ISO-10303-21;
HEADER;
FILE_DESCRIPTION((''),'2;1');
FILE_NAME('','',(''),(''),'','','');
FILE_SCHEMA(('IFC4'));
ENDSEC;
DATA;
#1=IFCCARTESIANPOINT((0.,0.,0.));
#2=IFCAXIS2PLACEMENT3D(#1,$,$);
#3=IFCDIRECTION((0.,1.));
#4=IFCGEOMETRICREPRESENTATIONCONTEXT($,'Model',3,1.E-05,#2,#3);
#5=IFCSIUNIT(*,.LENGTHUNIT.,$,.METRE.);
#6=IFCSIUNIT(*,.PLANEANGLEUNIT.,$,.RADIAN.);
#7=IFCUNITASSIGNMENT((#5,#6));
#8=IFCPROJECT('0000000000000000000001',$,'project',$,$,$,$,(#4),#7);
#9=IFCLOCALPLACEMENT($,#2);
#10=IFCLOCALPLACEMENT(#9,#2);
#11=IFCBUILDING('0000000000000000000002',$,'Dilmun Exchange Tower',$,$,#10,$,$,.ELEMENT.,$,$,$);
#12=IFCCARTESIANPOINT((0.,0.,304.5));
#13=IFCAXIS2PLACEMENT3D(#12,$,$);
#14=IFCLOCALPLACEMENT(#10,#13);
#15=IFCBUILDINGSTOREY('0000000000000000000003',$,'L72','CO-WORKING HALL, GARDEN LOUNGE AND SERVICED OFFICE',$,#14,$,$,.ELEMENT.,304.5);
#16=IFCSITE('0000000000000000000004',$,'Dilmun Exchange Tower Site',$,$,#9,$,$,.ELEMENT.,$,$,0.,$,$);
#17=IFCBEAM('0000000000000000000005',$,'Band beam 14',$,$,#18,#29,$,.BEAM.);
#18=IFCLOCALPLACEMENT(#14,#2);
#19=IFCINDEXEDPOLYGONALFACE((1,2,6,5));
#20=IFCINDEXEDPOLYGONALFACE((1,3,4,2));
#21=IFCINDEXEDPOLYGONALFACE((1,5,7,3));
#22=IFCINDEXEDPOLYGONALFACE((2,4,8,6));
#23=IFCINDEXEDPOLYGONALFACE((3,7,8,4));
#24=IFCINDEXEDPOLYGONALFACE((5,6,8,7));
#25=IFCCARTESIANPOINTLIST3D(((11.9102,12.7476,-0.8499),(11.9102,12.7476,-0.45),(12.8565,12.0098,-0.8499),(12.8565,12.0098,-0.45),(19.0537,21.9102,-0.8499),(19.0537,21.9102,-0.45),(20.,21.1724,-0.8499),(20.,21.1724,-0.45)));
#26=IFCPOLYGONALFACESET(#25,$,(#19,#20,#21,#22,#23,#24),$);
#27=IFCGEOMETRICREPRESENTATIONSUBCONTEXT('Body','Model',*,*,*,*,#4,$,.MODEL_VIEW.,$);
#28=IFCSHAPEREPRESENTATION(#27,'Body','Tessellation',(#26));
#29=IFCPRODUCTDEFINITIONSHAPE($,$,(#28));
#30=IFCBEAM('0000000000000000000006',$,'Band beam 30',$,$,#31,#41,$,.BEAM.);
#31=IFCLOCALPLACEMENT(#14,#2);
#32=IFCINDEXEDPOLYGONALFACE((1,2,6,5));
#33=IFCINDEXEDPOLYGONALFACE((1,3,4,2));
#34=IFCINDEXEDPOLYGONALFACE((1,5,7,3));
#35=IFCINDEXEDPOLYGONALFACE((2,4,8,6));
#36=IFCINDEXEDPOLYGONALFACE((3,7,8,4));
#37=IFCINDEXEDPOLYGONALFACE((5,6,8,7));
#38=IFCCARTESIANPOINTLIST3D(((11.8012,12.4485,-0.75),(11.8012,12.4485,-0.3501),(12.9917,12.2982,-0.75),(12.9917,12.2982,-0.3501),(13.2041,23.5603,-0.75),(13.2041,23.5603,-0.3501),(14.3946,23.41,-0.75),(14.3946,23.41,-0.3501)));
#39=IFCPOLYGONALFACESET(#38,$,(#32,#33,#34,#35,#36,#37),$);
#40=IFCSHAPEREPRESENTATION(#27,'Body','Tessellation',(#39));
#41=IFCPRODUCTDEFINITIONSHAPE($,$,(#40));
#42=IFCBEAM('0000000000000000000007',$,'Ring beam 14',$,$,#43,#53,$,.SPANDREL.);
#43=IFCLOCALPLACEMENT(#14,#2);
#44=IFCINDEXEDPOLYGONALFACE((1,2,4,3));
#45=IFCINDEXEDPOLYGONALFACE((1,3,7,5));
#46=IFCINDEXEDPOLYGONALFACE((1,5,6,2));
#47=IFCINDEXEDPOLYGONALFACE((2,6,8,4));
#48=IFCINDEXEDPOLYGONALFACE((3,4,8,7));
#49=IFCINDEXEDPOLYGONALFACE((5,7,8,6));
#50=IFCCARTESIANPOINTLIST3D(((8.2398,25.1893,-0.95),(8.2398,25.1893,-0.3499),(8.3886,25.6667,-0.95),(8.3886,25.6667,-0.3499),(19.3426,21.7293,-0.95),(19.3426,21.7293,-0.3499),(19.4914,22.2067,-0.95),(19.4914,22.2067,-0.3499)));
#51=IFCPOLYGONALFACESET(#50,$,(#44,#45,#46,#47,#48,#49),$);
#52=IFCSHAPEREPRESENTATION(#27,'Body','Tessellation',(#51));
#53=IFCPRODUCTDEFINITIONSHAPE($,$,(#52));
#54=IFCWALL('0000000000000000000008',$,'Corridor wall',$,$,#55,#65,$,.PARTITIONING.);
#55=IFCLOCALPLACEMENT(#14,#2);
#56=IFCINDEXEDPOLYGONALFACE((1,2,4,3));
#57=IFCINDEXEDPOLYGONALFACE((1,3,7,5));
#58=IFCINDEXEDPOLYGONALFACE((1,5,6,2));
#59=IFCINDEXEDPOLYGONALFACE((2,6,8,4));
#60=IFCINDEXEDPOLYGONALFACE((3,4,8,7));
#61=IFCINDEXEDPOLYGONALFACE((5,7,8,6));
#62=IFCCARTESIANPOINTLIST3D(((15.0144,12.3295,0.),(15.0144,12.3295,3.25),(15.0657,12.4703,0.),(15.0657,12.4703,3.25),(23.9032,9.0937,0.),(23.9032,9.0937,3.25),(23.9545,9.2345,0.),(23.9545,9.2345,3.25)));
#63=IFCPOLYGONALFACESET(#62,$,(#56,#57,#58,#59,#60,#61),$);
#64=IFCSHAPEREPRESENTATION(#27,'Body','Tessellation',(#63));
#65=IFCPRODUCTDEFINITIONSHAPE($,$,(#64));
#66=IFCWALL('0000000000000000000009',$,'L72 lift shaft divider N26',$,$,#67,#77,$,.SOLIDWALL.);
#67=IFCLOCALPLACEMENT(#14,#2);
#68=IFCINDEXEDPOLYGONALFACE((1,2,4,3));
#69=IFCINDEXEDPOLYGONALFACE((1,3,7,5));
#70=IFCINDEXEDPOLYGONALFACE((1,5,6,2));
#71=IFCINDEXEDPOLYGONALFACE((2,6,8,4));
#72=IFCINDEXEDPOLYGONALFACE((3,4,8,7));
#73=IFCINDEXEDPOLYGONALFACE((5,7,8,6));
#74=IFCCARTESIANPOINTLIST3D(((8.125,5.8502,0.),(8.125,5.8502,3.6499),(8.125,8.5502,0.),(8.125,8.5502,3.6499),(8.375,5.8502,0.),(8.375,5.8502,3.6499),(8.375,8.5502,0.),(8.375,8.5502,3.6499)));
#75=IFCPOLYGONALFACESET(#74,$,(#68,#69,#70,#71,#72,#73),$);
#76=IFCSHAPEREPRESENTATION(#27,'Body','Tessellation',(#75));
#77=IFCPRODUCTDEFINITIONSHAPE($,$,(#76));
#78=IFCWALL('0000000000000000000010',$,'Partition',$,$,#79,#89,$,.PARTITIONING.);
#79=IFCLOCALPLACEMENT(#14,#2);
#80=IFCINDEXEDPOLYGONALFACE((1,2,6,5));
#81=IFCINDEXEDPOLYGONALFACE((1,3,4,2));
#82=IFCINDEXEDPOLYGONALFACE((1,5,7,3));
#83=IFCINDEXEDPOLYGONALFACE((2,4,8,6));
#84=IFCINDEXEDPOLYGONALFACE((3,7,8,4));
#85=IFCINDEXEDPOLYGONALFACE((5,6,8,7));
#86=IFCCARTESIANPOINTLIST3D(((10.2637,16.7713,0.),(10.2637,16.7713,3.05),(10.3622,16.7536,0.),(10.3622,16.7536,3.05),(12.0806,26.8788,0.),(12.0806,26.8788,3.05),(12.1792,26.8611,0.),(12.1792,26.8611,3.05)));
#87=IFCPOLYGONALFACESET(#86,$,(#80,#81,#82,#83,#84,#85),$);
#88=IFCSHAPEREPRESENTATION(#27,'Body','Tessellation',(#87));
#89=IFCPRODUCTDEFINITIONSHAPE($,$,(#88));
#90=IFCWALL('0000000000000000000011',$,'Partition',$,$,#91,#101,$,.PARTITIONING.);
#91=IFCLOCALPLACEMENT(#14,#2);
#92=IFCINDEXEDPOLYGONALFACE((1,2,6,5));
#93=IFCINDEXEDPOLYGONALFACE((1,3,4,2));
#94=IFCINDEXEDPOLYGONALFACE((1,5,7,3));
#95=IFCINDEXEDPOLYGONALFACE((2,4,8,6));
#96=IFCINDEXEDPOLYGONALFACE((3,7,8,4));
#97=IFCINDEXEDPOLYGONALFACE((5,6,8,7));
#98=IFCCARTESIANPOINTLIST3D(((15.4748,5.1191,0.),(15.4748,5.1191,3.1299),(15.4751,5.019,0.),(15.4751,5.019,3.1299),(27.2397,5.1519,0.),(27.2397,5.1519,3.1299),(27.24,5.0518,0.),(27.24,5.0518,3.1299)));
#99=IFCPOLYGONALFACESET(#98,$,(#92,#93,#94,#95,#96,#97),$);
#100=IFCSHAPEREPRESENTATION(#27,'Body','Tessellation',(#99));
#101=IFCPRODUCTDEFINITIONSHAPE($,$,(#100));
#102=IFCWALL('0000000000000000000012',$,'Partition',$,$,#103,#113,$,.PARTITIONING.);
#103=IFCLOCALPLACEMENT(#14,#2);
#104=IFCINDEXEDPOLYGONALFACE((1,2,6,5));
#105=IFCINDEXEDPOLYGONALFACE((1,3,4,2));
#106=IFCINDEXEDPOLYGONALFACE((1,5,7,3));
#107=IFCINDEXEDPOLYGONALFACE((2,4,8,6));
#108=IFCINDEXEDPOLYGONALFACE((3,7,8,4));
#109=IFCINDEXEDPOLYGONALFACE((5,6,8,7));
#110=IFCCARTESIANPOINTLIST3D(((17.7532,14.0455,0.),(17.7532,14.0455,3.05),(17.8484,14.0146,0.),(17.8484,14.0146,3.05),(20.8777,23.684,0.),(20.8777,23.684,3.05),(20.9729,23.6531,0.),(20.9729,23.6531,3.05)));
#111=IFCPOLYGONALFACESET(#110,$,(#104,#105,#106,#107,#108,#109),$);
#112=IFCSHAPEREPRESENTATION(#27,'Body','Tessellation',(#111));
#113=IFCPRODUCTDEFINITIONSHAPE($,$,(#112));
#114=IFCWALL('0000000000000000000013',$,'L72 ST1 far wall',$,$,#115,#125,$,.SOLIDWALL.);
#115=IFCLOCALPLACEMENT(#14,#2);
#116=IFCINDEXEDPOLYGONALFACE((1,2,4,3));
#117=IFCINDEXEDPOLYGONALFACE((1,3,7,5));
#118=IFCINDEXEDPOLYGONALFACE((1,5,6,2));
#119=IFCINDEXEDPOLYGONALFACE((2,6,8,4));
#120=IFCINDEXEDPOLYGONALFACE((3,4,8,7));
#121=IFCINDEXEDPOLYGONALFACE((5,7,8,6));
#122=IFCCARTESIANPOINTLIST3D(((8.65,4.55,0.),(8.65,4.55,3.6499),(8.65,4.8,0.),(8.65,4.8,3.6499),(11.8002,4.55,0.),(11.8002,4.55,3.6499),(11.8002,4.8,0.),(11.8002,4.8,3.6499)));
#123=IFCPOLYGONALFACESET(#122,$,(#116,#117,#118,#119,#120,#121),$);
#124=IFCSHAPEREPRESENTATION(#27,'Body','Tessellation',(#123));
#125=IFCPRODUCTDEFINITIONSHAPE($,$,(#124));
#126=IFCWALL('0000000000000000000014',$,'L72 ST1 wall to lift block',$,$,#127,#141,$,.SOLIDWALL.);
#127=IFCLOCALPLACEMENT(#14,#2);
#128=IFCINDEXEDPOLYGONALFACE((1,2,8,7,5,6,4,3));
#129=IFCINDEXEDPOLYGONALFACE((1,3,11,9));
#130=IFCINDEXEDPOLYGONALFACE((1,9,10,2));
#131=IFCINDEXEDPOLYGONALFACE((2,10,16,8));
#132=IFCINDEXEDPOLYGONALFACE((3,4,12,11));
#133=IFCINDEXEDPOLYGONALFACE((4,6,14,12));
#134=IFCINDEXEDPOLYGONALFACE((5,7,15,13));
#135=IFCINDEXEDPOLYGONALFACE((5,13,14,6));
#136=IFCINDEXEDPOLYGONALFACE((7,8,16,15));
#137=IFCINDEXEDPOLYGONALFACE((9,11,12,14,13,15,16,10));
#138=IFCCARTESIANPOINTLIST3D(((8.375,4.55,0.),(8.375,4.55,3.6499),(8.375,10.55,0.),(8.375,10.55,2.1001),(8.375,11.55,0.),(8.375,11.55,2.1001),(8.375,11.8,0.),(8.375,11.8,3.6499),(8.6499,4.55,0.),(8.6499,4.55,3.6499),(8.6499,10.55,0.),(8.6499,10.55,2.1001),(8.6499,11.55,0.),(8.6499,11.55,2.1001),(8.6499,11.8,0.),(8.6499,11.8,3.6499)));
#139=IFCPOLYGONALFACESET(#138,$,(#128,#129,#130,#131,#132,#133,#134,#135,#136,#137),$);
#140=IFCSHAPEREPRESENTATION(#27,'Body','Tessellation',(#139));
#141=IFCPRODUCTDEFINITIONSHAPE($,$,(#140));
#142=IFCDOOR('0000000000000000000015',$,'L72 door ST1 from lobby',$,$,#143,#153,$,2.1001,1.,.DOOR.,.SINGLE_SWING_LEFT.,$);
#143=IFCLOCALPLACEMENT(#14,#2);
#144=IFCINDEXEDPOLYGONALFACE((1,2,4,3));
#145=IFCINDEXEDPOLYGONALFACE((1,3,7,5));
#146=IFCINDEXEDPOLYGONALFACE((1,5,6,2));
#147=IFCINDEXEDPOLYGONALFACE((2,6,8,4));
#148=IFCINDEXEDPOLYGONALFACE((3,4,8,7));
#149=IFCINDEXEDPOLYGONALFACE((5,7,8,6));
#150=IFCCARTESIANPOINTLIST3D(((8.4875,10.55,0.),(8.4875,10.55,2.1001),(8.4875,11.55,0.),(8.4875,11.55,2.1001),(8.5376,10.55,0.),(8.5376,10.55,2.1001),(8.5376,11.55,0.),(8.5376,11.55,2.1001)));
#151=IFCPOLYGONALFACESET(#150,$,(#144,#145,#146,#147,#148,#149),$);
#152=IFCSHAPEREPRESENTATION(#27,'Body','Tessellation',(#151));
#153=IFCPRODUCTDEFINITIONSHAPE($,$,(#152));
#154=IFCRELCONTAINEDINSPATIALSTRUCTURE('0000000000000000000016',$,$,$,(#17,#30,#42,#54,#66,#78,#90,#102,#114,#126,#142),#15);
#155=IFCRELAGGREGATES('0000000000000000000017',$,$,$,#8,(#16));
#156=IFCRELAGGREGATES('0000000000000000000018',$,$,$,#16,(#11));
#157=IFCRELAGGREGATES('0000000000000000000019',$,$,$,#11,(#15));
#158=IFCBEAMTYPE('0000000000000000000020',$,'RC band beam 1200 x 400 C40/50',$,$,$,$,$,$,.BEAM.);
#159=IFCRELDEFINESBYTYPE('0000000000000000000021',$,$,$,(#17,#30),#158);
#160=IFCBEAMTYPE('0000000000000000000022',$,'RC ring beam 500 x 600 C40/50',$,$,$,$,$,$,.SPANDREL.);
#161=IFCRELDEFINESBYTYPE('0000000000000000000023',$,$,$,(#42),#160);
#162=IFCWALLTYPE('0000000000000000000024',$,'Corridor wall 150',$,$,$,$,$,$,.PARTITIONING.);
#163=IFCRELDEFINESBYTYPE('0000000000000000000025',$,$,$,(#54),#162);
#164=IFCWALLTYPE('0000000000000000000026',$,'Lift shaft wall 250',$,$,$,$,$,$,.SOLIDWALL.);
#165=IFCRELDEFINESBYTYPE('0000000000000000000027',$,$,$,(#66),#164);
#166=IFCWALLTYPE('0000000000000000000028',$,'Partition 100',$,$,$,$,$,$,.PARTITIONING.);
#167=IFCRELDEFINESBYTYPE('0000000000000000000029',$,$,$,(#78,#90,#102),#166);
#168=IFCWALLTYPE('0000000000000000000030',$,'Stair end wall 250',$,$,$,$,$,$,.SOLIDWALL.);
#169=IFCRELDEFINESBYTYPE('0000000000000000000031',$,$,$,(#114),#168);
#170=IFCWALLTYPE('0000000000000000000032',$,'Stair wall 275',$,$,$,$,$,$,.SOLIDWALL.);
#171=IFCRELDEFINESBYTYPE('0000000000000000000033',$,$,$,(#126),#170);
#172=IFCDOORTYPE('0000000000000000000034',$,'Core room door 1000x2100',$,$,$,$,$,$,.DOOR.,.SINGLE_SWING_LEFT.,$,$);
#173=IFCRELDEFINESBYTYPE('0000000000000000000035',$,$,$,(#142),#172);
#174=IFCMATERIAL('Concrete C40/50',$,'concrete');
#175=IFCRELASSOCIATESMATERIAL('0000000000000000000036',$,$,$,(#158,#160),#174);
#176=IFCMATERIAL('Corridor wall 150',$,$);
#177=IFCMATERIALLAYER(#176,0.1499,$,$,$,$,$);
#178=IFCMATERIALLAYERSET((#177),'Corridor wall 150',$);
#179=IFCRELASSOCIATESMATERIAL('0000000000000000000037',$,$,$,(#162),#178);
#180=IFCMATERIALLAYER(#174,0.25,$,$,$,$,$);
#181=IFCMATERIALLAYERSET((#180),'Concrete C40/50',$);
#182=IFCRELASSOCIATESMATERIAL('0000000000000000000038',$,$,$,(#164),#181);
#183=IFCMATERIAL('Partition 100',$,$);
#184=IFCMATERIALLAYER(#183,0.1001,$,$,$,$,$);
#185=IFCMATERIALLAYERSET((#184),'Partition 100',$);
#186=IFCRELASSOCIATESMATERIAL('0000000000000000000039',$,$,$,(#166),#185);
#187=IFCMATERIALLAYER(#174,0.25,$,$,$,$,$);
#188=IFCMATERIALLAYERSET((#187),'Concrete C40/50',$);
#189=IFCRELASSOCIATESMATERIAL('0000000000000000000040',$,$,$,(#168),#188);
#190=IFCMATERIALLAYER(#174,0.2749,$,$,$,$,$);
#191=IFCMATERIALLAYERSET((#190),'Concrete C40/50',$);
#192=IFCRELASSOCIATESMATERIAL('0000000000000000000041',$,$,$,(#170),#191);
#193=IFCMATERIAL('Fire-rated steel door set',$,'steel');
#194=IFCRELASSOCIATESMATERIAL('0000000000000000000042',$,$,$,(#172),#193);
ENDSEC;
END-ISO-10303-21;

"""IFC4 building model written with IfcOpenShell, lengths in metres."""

from ifc_helpers import new_model, si_unit, direction, frame, frame_2d, origin, origin_2d, place, context, subcontext, project, spatial, rectangle, extrude, material, layer, layer_set, material_profile, profile_set, type_object, element, fill, save


model = new_model("IFC4")

# Units and contexts
model_context = context("Model", 3, precision=1e-05, world=origin(), true_north=direction((0.0, 1.0)))
body_context = subcontext(model_context, "Body", "Model", "MODEL_VIEW")
ifc_project = project(units=[si_unit("LENGTHUNIT", "METRE"), si_unit("PLANEANGLEUNIT", "RADIAN")], contexts=[model_context])

# Site, building, storey
site_placement = place(None, origin())
site = spatial("IfcSite", under=ifc_project, at=site_placement, Name="Dilmun Exchange Tower Site", CompositionType="ELEMENT", RefElevation=0.0)
building_placement = place(site_placement, origin())
building = spatial("IfcBuilding", under=site, at=building_placement, Name="Dilmun Exchange Tower", CompositionType="ELEMENT")
storey_placement = place(building_placement, frame((0.0, 0.0, 304.5)))
storey = spatial("IfcBuildingStorey", under=building, at=storey_placement, Name="L72", Description="CO-WORKING HALL, GARDEN LOUNGE AND SERVICED OFFICE", CompositionType="ELEMENT", Elevation=304.5)

# Beams
ifc_material_1 = material(Name="Concrete C40/50", Category="concrete")
ifc_material_profile_1 = material_profile(ifc_material_1, rectangle(XDim=1.2, YDim=0.3999, at=origin_2d()), Name="1200 x 400")
ifc_profile_set_1 = profile_set([ifc_material_profile_1], Name="Concrete C40/50")
beam_type_1 = type_object("IfcBeamType", Name="RC band beam 1200 x 400 C40/50", PredefinedType="BEAM", material=ifc_profile_set_1)
beam_1_placement = place(storey_placement, frame((19.5269, 21.5413, -0.6499), z_axis=(-0.614857, -0.788639, 0.0), x_axis=(0.788639, -0.614857, 0.0)))
element("IfcBeam", 1, at=beam_1_placement, inside=storey, type_object=beam_type_1, Name="Band beam 14", PredefinedType="BEAM", context=body_context, shape_type="SweptSolid", body=[
    extrude(rectangle(XDim=1.2, YDim=0.3999, at=origin_2d()), origin(), (0.0, 0.0, 1.0), 11.6182),
])
beam_2_placement = place(storey_placement, frame((13.7993, 23.4851, -0.55), z_axis=(-0.125253, -0.992125, 0.0), x_axis=(0.992125, -0.125253, 0.0)))
element("IfcBeam", 2, at=beam_2_placement, inside=storey, type_object=beam_type_1, Name="Band beam 30", PredefinedType="BEAM", context=body_context, shape_type="SweptSolid", body=[
    extrude(rectangle(XDim=1.2, YDim=0.3999, at=origin_2d()), origin(), (0.0, 0.0, 1.0), 11.2),
])
ifc_material_profile_2 = material_profile(ifc_material_1, rectangle(XDim=0.5, YDim=0.6001, at=origin_2d()), Name="500 x 600")
ifc_profile_set_2 = profile_set([ifc_material_profile_2], Name="Concrete C40/50")
beam_type_2 = type_object("IfcBeamType", Name="RC ring beam 500 x 600 C40/50", PredefinedType="SPANDREL", material=ifc_profile_set_2)
beam_3_placement = place(storey_placement, frame((19.417, 21.968, -0.6499), z_axis=(-0.954716, 0.297518, 0.0), x_axis=(-0.297518, -0.954716, 0.0)))
element("IfcBeam", 3, at=beam_3_placement, inside=storey, type_object=beam_type_2, Name="Ring beam 14", PredefinedType="SPANDREL", context=body_context, shape_type="SweptSolid", body=[
    extrude(rectangle(XDim=0.5, YDim=0.6001, at=origin_2d()), origin(), (0.0, 0.0, 1.0), 11.6294),
])

# Walls
ifc_material_2 = material(Name="Corridor wall 150")
ifc_layer_1 = layer(ifc_material_2, 0.1499)
ifc_layer_set_1 = layer_set([ifc_layer_1], Name="Corridor wall 150")
wall_type_1 = type_object("IfcWallType", Name="Corridor wall 150", PredefinedType="PARTITIONING", material=ifc_layer_set_1)
wall_1_placement = place(storey_placement, frame((15.04, 12.3999, 0.0), z_axis=(0.0, 0.0, 1.0), x_axis=(0.939674, -0.34207, 0.0)))
element("IfcWall", 4, at=wall_1_placement, inside=storey, type_object=wall_type_1, Name="Corridor wall", PredefinedType="PARTITIONING", context=body_context, shape_type="SweptSolid", body=[
    extrude(rectangle(XDim=9.4595, YDim=0.1499, at=frame_2d((4.7297, 0.0))), origin(), (0.0, 0.0, 1.0), 3.25),
])
ifc_layer_2 = layer(ifc_material_1, 0.25)
ifc_layer_set_2 = layer_set([ifc_layer_2], Name="Concrete C40/50")
wall_type_2 = type_object("IfcWallType", Name="Lift shaft wall 250", PredefinedType="SOLIDWALL", material=ifc_layer_set_2)
wall_2_placement = place(storey_placement, frame((8.25, 5.8501, 0.0), z_axis=(0.0, 0.0, 1.0), x_axis=(0.0, 1.0, 0.0)))
element("IfcWall", 5, at=wall_2_placement, inside=storey, type_object=wall_type_2, Name="L72 lift shaft divider N26", PredefinedType="SOLIDWALL", context=body_context, shape_type="SweptSolid", body=[
    extrude(rectangle(XDim=2.7, YDim=0.25, at=frame_2d((1.3501, 0.0))), origin(), (0.0, 0.0, 1.0), 3.6499),
])
ifc_material_3 = material(Name="Partition 100")
ifc_layer_3 = layer(ifc_material_3, 0.1001)
ifc_layer_set_3 = layer_set([ifc_layer_3], Name="Partition 100")
wall_type_3 = type_object("IfcWallType", Name="Partition 100", PredefinedType="PARTITIONING", material=ifc_layer_set_3)
wall_3_placement = place(storey_placement, frame((10.313, 16.7625, 0.0), z_axis=(0.0, 0.0, 1.0), x_axis=(0.176923, 0.984225, 0.0)))
element("IfcWall", 6, at=wall_3_placement, inside=storey, type_object=wall_type_3, Name="Partition", PredefinedType="PARTITIONING", context=body_context, shape_type="SweptSolid", body=[
    extrude(rectangle(XDim=10.2695, YDim=0.1001, at=frame_2d((5.1348, 0.0))), origin(), (0.0, 0.0, 1.0), 3.05),
])
wall_4_placement = place(storey_placement, frame((15.4751, 5.0691, 0.0), z_axis=(0.0, 0.0, 1.0), x_axis=(0.999996, 0.002781, 0.0)))
element("IfcWall", 7, at=wall_4_placement, inside=storey, type_object=wall_type_3, Name="Partition", PredefinedType="PARTITIONING", context=body_context, shape_type="SweptSolid", body=[
    extrude(rectangle(XDim=11.7649, YDim=0.1001, at=frame_2d((5.8823, 0.0))), origin(), (0.0, 0.0, 1.0), 3.1299),
])
wall_5_placement = place(storey_placement, frame((17.8008, 14.03, 0.0), z_axis=(0.0, 0.0, 1.0), x_axis=(0.308374, 0.951265, 0.0)))
element("IfcWall", 8, at=wall_5_placement, inside=storey, type_object=wall_type_3, Name="Partition", PredefinedType="PARTITIONING", context=body_context, shape_type="SweptSolid", body=[
    extrude(rectangle(XDim=10.1323, YDim=0.1001, at=frame_2d((5.0662, 0.0))), origin(), (0.0, 0.0, 1.0), 3.05),
])
ifc_layer_4 = layer(ifc_material_1, 0.25)
ifc_layer_set_4 = layer_set([ifc_layer_4], Name="Concrete C40/50")
wall_type_4 = type_object("IfcWallType", Name="Stair end wall 250", PredefinedType="SOLIDWALL", material=ifc_layer_set_4)
wall_6_placement = place(storey_placement, frame((8.6499, 4.675, 0.0), z_axis=(0.0, 0.0, 1.0), x_axis=(1.0, 0.0, 0.0)))
element("IfcWall", 9, at=wall_6_placement, inside=storey, type_object=wall_type_4, Name="L72 ST1 far wall", PredefinedType="SOLIDWALL", context=body_context, shape_type="SweptSolid", body=[
    extrude(rectangle(XDim=3.1501, YDim=0.25, at=frame_2d((1.5752, 0.0))), origin(), (0.0, 0.0, 1.0), 3.6499),
])

# Wall, opening, door
ifc_layer_5 = layer(ifc_material_1, 0.2749)
ifc_layer_set_5 = layer_set([ifc_layer_5], Name="Concrete C40/50")
wall_type_5 = type_object("IfcWallType", Name="Stair wall 275", PredefinedType="SOLIDWALL", material=ifc_layer_set_5)
wall_7_placement = place(storey_placement, frame((8.5125, 4.55, 0.0), z_axis=(0.0, 0.0, 1.0), x_axis=(0.0, 1.0, 0.0)))
wall_7 = element("IfcWall", 10, at=wall_7_placement, inside=storey, type_object=wall_type_5, Name="L72 ST1 wall to lift block", PredefinedType="SOLIDWALL", context=body_context, shape_type="SweptSolid", body=[
    extrude(rectangle(XDim=7.25, YDim=0.2749, at=frame_2d((3.625, 0.0))), origin(), (0.0, 0.0, 1.0), 3.6499),
])
opening_placement = place(wall_7_placement, frame((6.0, 0.0, 0.0)))
opening = element("IfcOpeningElement", 11, at=opening_placement, cuts=wall_7, PredefinedType="OPENING", context=body_context, shape_type="SweptSolid", body=[
    extrude(rectangle(XDim=1.0, YDim=2.1001, at=frame_2d((0.5, 1.05))), frame((0.0, 0.1475, 0.0), z_axis=(0.0, -1.0, 0.0), x_axis=(1.0, 0.0, 0.0)), (0.0, 0.0, 1.0), 0.2949),
])
ifc_material_4 = material(Name="Fire-rated steel door set", Category="steel")
door_type = type_object("IfcDoorType", Name="Core room door 1000x2100", OperationType="SINGLE_SWING_LEFT", PredefinedType="DOOR", material=ifc_material_4)
door_placement = place(opening_placement, origin())
door = element("IfcDoor", 12, at=door_placement, inside=storey, type_object=door_type, Name="L72 door ST1 from lobby", OperationType="SINGLE_SWING_LEFT", OverallHeight=2.1001, OverallWidth=1.0, PredefinedType="DOOR", context=body_context, shape_type="SweptSolid", body=[
    extrude(rectangle(XDim=1.0, YDim=2.1001, at=frame_2d((0.5, 1.05))), frame((0.0, 0.0249, 0.0), z_axis=(0.0, -1.0, 0.0), x_axis=(1.0, 0.0, 0.0)), (0.0, 0.0, 1.0), 0.05),
])
fill(opening, door)

save(model, "model.ifc")
